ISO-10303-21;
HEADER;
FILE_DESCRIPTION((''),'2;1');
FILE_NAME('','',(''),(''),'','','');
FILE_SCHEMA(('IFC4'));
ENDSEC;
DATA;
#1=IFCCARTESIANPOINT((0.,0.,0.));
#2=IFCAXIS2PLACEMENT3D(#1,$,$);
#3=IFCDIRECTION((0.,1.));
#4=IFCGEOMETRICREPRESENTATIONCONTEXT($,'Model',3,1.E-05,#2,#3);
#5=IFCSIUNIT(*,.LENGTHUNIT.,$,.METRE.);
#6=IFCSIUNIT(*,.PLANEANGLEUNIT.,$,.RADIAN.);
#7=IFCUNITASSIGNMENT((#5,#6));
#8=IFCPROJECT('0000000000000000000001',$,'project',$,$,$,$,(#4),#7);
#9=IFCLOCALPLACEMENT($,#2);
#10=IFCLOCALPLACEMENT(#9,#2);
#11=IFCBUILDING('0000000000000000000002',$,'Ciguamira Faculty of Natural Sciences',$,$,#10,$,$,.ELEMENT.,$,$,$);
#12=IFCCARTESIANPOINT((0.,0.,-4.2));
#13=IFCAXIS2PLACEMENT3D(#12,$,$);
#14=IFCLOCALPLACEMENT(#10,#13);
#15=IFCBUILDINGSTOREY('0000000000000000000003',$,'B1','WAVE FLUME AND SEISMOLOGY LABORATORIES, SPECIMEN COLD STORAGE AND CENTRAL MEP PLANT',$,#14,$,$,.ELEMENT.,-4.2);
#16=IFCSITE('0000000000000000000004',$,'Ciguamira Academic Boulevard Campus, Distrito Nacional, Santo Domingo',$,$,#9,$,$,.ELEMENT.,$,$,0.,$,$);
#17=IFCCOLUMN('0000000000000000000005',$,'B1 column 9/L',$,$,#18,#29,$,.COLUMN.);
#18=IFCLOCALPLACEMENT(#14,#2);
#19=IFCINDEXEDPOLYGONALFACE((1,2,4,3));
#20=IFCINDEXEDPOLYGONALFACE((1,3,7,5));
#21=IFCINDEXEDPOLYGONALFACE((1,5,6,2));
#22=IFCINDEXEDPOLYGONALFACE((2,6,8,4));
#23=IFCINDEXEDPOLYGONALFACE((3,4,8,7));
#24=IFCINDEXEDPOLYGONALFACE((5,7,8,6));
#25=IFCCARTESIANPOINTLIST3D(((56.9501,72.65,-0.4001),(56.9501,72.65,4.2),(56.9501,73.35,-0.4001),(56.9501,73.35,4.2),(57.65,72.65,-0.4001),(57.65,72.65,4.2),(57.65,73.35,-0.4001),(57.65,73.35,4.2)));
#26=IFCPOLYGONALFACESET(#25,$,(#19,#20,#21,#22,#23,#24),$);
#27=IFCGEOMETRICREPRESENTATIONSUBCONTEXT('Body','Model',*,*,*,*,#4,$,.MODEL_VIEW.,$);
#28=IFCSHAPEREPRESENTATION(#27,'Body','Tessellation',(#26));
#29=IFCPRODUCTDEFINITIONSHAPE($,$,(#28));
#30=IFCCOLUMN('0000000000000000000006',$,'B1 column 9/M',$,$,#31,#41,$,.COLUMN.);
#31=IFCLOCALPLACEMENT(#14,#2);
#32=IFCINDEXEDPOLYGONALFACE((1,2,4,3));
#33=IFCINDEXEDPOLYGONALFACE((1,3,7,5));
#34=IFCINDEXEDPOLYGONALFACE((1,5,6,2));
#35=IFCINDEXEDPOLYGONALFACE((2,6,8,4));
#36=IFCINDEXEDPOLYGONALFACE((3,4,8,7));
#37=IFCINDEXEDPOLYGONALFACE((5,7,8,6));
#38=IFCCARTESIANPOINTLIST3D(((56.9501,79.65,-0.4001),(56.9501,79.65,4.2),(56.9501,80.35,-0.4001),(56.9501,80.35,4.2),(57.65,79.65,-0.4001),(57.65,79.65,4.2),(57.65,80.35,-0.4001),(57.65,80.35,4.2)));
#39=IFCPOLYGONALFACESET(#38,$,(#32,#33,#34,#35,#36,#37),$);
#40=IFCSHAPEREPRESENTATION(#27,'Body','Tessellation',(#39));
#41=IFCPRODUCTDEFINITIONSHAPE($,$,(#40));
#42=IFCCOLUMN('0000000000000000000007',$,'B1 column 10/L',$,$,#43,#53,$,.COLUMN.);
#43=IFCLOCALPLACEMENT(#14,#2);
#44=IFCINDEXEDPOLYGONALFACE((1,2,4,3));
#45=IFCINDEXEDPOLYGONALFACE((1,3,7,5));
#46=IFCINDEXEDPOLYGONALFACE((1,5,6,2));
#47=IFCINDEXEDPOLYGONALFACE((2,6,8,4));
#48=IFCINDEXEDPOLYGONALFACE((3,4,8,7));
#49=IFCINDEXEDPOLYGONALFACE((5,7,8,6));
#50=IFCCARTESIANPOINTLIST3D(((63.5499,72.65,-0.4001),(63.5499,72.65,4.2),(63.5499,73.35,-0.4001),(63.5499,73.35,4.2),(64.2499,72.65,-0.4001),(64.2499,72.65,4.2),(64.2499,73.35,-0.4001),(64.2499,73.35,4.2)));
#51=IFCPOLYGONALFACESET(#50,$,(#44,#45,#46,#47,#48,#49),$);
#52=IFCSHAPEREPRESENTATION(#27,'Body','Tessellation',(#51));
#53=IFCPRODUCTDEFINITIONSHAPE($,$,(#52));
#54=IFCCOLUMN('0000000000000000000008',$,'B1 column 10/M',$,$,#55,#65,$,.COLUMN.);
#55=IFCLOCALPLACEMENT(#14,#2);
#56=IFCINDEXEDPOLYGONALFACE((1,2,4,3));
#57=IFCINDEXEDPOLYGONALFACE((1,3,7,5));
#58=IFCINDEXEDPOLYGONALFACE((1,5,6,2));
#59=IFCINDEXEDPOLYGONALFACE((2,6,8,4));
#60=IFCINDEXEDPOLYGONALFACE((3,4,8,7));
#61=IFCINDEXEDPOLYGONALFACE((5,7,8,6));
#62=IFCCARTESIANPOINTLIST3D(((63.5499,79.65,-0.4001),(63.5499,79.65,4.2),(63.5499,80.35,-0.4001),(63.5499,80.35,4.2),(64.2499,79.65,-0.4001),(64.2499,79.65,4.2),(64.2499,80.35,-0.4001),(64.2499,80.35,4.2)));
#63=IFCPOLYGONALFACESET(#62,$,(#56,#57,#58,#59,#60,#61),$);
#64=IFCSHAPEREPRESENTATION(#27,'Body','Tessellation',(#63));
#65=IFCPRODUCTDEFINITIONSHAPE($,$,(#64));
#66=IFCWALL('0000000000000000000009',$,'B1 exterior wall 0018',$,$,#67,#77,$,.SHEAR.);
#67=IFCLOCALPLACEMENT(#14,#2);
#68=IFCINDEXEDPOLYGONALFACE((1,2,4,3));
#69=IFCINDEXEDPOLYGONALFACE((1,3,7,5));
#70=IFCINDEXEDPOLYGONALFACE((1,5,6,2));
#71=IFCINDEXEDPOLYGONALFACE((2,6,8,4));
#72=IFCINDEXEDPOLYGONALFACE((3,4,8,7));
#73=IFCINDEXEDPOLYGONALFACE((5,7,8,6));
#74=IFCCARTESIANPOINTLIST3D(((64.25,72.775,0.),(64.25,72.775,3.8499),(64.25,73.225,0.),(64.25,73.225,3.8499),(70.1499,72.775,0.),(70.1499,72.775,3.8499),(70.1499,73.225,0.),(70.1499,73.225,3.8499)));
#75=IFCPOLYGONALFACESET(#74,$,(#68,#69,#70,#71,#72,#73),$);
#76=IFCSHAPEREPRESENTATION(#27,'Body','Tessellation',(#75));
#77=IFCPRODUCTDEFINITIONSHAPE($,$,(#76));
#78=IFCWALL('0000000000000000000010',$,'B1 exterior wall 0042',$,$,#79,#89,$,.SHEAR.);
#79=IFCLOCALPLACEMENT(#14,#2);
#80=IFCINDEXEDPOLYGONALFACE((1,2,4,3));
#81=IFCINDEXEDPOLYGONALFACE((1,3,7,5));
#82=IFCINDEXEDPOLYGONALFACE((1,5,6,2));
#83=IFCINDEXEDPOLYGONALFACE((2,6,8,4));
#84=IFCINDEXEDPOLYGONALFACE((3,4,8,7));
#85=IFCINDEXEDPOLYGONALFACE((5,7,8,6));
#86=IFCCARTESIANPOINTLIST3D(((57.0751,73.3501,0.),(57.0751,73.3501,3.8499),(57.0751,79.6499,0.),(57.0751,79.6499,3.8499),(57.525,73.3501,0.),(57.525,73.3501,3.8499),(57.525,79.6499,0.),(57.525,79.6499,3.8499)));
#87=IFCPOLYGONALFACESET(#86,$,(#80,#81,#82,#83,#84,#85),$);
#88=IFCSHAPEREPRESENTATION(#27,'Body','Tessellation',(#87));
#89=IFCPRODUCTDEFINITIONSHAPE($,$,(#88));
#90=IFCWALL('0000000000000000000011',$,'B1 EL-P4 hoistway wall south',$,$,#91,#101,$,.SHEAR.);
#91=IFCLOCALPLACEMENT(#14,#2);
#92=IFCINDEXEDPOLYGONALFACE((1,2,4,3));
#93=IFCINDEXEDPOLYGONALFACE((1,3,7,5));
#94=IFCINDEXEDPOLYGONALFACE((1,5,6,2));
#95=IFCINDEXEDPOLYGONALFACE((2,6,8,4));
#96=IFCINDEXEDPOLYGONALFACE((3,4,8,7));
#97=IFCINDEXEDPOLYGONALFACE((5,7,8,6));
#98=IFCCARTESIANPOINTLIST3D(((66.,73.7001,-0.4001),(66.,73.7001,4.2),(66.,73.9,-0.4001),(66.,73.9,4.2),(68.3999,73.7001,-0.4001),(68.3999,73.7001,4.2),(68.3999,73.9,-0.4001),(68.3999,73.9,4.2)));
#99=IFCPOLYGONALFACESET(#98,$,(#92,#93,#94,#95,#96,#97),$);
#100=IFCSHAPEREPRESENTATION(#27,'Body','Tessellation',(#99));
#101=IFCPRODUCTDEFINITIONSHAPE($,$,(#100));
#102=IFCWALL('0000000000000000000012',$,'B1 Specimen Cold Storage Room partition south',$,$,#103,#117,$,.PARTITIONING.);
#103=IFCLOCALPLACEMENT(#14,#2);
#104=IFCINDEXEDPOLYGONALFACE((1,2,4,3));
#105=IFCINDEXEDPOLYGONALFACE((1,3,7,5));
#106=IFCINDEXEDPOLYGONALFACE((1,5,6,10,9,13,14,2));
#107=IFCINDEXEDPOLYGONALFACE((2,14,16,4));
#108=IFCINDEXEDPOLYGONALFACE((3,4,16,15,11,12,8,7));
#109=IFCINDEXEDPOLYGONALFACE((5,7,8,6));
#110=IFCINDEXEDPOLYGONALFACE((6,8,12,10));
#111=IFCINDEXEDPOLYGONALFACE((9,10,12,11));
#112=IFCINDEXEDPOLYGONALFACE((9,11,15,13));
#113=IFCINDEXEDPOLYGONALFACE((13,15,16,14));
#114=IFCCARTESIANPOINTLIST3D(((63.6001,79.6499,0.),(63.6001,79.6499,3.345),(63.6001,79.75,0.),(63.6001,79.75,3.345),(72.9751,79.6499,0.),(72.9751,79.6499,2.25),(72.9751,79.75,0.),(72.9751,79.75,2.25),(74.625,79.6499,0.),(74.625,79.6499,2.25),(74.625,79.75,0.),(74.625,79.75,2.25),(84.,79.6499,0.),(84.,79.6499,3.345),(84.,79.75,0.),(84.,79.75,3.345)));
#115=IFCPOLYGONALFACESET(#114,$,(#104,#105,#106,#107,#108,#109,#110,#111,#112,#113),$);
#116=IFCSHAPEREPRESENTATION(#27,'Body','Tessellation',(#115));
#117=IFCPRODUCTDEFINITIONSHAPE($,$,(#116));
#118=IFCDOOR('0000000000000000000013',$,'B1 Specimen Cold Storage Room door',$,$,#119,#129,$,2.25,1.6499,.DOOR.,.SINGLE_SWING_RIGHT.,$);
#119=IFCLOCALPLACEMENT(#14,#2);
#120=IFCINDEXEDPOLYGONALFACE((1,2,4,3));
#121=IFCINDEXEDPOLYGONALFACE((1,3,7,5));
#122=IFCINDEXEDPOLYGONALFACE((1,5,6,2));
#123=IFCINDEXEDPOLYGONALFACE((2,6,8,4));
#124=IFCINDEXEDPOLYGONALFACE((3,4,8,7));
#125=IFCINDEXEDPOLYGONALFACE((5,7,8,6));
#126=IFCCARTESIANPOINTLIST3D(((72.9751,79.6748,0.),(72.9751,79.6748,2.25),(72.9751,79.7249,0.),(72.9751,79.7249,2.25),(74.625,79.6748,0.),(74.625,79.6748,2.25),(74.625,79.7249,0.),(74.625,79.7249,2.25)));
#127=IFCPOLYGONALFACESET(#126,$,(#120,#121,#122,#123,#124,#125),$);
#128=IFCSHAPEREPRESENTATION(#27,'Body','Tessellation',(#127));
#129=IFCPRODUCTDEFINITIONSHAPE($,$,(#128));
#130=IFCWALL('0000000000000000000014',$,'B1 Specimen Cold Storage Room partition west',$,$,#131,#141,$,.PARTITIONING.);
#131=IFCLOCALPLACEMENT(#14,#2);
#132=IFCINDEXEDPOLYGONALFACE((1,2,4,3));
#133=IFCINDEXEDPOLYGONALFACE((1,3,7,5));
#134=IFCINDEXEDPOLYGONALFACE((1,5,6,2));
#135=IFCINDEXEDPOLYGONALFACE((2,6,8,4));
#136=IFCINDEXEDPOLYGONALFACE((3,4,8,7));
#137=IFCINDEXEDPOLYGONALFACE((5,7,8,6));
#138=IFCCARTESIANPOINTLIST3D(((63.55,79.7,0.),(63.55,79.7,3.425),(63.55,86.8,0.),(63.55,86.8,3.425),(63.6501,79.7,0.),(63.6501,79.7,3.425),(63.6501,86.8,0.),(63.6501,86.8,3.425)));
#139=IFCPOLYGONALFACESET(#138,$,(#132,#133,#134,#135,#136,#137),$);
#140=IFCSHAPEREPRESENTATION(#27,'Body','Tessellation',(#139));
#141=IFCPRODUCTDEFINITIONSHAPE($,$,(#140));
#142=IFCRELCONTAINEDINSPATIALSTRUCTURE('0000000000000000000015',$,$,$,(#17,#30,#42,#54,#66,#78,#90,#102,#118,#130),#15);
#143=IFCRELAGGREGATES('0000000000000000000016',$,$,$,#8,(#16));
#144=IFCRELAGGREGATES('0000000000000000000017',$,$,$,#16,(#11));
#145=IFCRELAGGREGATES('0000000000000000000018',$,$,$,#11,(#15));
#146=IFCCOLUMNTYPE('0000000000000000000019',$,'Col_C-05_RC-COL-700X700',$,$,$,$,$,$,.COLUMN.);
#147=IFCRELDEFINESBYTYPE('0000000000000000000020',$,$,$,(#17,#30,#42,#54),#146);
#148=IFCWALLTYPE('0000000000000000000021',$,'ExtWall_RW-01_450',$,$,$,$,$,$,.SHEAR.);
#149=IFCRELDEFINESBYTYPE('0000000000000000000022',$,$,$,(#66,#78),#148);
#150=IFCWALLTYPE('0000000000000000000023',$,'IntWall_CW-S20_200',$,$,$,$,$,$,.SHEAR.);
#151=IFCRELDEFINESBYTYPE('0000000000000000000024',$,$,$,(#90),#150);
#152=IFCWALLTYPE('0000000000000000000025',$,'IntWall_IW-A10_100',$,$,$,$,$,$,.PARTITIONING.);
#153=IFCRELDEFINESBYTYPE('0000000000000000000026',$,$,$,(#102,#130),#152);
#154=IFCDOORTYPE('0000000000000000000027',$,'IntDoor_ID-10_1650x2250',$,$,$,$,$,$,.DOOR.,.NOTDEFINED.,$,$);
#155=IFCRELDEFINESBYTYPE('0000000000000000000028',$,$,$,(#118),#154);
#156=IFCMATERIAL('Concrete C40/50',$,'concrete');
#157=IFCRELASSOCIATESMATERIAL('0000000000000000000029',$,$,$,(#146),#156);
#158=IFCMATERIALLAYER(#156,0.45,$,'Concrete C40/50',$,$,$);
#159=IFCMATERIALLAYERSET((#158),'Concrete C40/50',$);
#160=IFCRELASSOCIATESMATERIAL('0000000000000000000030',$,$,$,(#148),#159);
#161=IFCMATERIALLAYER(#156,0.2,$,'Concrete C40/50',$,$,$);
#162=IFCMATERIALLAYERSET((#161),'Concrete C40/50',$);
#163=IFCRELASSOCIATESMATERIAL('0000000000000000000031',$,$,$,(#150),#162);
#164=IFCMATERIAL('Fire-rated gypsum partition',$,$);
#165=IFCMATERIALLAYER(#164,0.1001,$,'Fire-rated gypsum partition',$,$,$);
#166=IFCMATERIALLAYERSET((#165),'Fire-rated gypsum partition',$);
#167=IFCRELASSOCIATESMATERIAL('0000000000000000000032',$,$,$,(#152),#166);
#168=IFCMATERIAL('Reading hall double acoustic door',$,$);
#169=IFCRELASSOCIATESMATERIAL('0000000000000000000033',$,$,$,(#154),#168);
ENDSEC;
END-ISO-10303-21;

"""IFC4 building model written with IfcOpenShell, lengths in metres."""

from ifc_helpers import new_model, si_unit, direction, frame, frame_2d, origin, origin_2d, place, context, subcontext, project, spatial, rectangle, extrude, material, layer, layer_set, material_profile, profile_set, type_object, element, fill, save


model = new_model("IFC4")

# Units and contexts
model_context = context("Model", 3, precision=1e-05, world=origin(), true_north=direction((0.0, 1.0)))
body_context = subcontext(model_context, "Body", "Model", "MODEL_VIEW")
ifc_project = project(units=[si_unit("LENGTHUNIT", "METRE"), si_unit("PLANEANGLEUNIT", "RADIAN")], contexts=[model_context])

# Site, building, storey
site_placement = place(None, origin())
site = spatial("IfcSite", under=ifc_project, at=site_placement, Name="Ciguamira Academic Boulevard Campus, Distrito Nacional, Santo Domingo", CompositionType="ELEMENT", RefElevation=0.0)
building_placement = place(site_placement, origin())
building = spatial("IfcBuilding", under=site, at=building_placement, Name="Ciguamira Faculty of Natural Sciences", CompositionType="ELEMENT")
storey_placement = place(building_placement, frame((0.0, 0.0, -4.2)))
storey = spatial("IfcBuildingStorey", under=building, at=storey_placement, Name="B1", Description="WAVE FLUME AND SEISMOLOGY LABORATORIES, SPECIMEN COLD STORAGE AND CENTRAL MEP PLANT", CompositionType="ELEMENT", Elevation=-4.2)

# Columns
ifc_material_1 = material(Name="Concrete C40/50", Category="concrete")
ifc_material_profile_1 = material_profile(ifc_material_1, rectangle(XDim=0.7, YDim=0.7, at=origin_2d()), Name="RC-COL-700X700")
ifc_profile_set_1 = profile_set([ifc_material_profile_1], Name="Concrete C40/50")
column_type = type_object("IfcColumnType", Name="Col_C-05_RC-COL-700X700", PredefinedType="COLUMN", material=ifc_profile_set_1)
for number, where, z_axis, x_axis, name in (
    (1, (57.3, 73.0, -0.4001), (0.0, 0.0, 1.0), (1.0, 0.0, 0.0), "B1 column 9/L"),
    (2, (57.3, 80.0, -0.4001), (0.0, 0.0, 1.0), (1.0, 0.0, 0.0), "B1 column 9/M"),
    (3, (63.8999, 73.0, -0.4001), (0.0, 0.0, 1.0), (1.0, 0.0, 0.0), "B1 column 10/L"),
    (4, (63.8999, 80.0, -0.4001), (0.0, 0.0, 1.0), (1.0, 0.0, 0.0), "B1 column 10/M"),
):
    element("IfcColumn", number, at=place(storey_placement, frame(where, z_axis=z_axis, x_axis=x_axis)), inside=storey, type_object=column_type, Name=name, PredefinedType="COLUMN", context=body_context, shape_type="SweptSolid", body=[
        extrude(rectangle(XDim=0.7, YDim=0.7, at=origin_2d()), origin(), (0.0, 0.0, 1.0), 4.6001),
    ])

# Walls
ifc_layer_1 = layer(ifc_material_1, 0.45, Name="Concrete C40/50")
ifc_layer_set_1 = layer_set([ifc_layer_1], Name="Concrete C40/50")
wall_type_1 = type_object("IfcWallType", Name="ExtWall_RW-01_450", PredefinedType="SHEAR", material=ifc_layer_set_1)
wall_1_placement = place(storey_placement, frame((64.25, 73.0, 0.0), z_axis=(0.0, 0.0, 1.0), x_axis=(1.0, 0.0, 0.0)))
element("IfcWall", 5, at=wall_1_placement, inside=storey, type_object=wall_type_1, Name="B1 exterior wall 0018", PredefinedType="SHEAR", context=body_context, shape_type="SweptSolid", body=[
    extrude(rectangle(XDim=5.8999, YDim=0.45, at=frame_2d((2.95, 0.0))), origin(), (0.0, 0.0, 1.0), 3.8499),
])
wall_2_placement = place(storey_placement, frame((57.3, 73.3501, 0.0), z_axis=(0.0, 0.0, 1.0), x_axis=(0.0, 1.0, 0.0)))
element("IfcWall", 6, at=wall_2_placement, inside=storey, type_object=wall_type_1, Name="B1 exterior wall 0042", PredefinedType="SHEAR", context=body_context, shape_type="SweptSolid", body=[
    extrude(rectangle(XDim=6.2998, YDim=0.45, at=frame_2d((3.1499, 0.0))), origin(), (0.0, 0.0, 1.0), 3.8499),
])
ifc_layer_2 = layer(ifc_material_1, 0.2, Name="Concrete C40/50")
ifc_layer_set_2 = layer_set([ifc_layer_2], Name="Concrete C40/50")
wall_type_2 = type_object("IfcWallType", Name="IntWall_CW-S20_200", PredefinedType="SHEAR", material=ifc_layer_set_2)
wall_3_placement = place(storey_placement, frame((66.0, 73.8, -0.4001), z_axis=(0.0, 0.0, 1.0), x_axis=(1.0, 0.0, 0.0)))
element("IfcWall", 7, at=wall_3_placement, inside=storey, type_object=wall_type_2, Name="B1 EL-P4 hoistway wall south", PredefinedType="SHEAR", context=body_context, shape_type="SweptSolid", body=[
    extrude(rectangle(XDim=2.3999, YDim=0.2, at=frame_2d((1.2, 0.0))), origin(), (0.0, 0.0, 1.0), 4.6001),
])

# Wall, opening, door
ifc_material_2 = material(Name="Fire-rated gypsum partition")
ifc_layer_3 = layer(ifc_material_2, 0.1001, Name="Fire-rated gypsum partition")
ifc_layer_set_3 = layer_set([ifc_layer_3], Name="Fire-rated gypsum partition")
wall_type_3 = type_object("IfcWallType", Name="IntWall_IW-A10_100", PredefinedType="PARTITIONING", material=ifc_layer_set_3)
wall_4_placement = place(storey_placement, frame((63.6001, 79.7, 0.0), z_axis=(0.0, 0.0, 1.0), x_axis=(1.0, 0.0, 0.0)))
wall_4 = element("IfcWall", 8, at=wall_4_placement, inside=storey, type_object=wall_type_3, Name="B1 Specimen Cold Storage Room partition south", PredefinedType="PARTITIONING", context=body_context, shape_type="SweptSolid", body=[
    extrude(rectangle(XDim=20.3999, YDim=0.1001, at=frame_2d((10.2, 0.0))), origin(), (0.0, 0.0, 1.0), 3.345),
])
opening_placement = place(wall_4_placement, frame((9.375, 0.0, 0.0)))
opening = element("IfcOpeningElement", 9, at=opening_placement, cuts=wall_4, PredefinedType="OPENING", context=body_context, shape_type="SweptSolid", body=[
    extrude(rectangle(XDim=1.6499, YDim=2.25, at=frame_2d((0.825, 1.125))), frame((0.0, 0.0601, 0.0), z_axis=(0.0, -1.0, 0.0), x_axis=(1.0, 0.0, 0.0)), (0.0, 0.0, 1.0), 0.1201),
])
ifc_material_3 = material(Name="Reading hall double acoustic door")
door_type = type_object("IfcDoorType", Name="IntDoor_ID-10_1650x2250", OperationType="NOTDEFINED", PredefinedType="DOOR", material=ifc_material_3)
door_placement = place(opening_placement, origin())
door = element("IfcDoor", 10, at=door_placement, inside=storey, type_object=door_type, Name="B1 Specimen Cold Storage Room door", OperationType="SINGLE_SWING_RIGHT", OverallHeight=2.25, OverallWidth=1.6499, PredefinedType="DOOR", context=body_context, shape_type="SweptSolid", body=[
    extrude(rectangle(XDim=1.6499, YDim=2.25, at=frame_2d((0.825, 1.125))), frame((0.0, 0.0249, 0.0), z_axis=(0.0, -1.0, 0.0), x_axis=(1.0, 0.0, 0.0)), (0.0, 0.0, 1.0), 0.05),
])
fill(opening, door)

# Wall
wall_5_placement = place(storey_placement, frame((63.6001, 79.7, 0.0), z_axis=(0.0, 0.0, 1.0), x_axis=(0.0, 1.0, 0.0)))
element("IfcWall", 11, at=wall_5_placement, inside=storey, type_object=wall_type_3, Name="B1 Specimen Cold Storage Room partition west", PredefinedType="PARTITIONING", context=body_context, shape_type="SweptSolid", body=[
    extrude(rectangle(XDim=7.1001, YDim=0.1001, at=frame_2d((3.55, 0.0))), origin(), (0.0, 0.0, 1.0), 3.425),
])

save(model, "model.ifc")
